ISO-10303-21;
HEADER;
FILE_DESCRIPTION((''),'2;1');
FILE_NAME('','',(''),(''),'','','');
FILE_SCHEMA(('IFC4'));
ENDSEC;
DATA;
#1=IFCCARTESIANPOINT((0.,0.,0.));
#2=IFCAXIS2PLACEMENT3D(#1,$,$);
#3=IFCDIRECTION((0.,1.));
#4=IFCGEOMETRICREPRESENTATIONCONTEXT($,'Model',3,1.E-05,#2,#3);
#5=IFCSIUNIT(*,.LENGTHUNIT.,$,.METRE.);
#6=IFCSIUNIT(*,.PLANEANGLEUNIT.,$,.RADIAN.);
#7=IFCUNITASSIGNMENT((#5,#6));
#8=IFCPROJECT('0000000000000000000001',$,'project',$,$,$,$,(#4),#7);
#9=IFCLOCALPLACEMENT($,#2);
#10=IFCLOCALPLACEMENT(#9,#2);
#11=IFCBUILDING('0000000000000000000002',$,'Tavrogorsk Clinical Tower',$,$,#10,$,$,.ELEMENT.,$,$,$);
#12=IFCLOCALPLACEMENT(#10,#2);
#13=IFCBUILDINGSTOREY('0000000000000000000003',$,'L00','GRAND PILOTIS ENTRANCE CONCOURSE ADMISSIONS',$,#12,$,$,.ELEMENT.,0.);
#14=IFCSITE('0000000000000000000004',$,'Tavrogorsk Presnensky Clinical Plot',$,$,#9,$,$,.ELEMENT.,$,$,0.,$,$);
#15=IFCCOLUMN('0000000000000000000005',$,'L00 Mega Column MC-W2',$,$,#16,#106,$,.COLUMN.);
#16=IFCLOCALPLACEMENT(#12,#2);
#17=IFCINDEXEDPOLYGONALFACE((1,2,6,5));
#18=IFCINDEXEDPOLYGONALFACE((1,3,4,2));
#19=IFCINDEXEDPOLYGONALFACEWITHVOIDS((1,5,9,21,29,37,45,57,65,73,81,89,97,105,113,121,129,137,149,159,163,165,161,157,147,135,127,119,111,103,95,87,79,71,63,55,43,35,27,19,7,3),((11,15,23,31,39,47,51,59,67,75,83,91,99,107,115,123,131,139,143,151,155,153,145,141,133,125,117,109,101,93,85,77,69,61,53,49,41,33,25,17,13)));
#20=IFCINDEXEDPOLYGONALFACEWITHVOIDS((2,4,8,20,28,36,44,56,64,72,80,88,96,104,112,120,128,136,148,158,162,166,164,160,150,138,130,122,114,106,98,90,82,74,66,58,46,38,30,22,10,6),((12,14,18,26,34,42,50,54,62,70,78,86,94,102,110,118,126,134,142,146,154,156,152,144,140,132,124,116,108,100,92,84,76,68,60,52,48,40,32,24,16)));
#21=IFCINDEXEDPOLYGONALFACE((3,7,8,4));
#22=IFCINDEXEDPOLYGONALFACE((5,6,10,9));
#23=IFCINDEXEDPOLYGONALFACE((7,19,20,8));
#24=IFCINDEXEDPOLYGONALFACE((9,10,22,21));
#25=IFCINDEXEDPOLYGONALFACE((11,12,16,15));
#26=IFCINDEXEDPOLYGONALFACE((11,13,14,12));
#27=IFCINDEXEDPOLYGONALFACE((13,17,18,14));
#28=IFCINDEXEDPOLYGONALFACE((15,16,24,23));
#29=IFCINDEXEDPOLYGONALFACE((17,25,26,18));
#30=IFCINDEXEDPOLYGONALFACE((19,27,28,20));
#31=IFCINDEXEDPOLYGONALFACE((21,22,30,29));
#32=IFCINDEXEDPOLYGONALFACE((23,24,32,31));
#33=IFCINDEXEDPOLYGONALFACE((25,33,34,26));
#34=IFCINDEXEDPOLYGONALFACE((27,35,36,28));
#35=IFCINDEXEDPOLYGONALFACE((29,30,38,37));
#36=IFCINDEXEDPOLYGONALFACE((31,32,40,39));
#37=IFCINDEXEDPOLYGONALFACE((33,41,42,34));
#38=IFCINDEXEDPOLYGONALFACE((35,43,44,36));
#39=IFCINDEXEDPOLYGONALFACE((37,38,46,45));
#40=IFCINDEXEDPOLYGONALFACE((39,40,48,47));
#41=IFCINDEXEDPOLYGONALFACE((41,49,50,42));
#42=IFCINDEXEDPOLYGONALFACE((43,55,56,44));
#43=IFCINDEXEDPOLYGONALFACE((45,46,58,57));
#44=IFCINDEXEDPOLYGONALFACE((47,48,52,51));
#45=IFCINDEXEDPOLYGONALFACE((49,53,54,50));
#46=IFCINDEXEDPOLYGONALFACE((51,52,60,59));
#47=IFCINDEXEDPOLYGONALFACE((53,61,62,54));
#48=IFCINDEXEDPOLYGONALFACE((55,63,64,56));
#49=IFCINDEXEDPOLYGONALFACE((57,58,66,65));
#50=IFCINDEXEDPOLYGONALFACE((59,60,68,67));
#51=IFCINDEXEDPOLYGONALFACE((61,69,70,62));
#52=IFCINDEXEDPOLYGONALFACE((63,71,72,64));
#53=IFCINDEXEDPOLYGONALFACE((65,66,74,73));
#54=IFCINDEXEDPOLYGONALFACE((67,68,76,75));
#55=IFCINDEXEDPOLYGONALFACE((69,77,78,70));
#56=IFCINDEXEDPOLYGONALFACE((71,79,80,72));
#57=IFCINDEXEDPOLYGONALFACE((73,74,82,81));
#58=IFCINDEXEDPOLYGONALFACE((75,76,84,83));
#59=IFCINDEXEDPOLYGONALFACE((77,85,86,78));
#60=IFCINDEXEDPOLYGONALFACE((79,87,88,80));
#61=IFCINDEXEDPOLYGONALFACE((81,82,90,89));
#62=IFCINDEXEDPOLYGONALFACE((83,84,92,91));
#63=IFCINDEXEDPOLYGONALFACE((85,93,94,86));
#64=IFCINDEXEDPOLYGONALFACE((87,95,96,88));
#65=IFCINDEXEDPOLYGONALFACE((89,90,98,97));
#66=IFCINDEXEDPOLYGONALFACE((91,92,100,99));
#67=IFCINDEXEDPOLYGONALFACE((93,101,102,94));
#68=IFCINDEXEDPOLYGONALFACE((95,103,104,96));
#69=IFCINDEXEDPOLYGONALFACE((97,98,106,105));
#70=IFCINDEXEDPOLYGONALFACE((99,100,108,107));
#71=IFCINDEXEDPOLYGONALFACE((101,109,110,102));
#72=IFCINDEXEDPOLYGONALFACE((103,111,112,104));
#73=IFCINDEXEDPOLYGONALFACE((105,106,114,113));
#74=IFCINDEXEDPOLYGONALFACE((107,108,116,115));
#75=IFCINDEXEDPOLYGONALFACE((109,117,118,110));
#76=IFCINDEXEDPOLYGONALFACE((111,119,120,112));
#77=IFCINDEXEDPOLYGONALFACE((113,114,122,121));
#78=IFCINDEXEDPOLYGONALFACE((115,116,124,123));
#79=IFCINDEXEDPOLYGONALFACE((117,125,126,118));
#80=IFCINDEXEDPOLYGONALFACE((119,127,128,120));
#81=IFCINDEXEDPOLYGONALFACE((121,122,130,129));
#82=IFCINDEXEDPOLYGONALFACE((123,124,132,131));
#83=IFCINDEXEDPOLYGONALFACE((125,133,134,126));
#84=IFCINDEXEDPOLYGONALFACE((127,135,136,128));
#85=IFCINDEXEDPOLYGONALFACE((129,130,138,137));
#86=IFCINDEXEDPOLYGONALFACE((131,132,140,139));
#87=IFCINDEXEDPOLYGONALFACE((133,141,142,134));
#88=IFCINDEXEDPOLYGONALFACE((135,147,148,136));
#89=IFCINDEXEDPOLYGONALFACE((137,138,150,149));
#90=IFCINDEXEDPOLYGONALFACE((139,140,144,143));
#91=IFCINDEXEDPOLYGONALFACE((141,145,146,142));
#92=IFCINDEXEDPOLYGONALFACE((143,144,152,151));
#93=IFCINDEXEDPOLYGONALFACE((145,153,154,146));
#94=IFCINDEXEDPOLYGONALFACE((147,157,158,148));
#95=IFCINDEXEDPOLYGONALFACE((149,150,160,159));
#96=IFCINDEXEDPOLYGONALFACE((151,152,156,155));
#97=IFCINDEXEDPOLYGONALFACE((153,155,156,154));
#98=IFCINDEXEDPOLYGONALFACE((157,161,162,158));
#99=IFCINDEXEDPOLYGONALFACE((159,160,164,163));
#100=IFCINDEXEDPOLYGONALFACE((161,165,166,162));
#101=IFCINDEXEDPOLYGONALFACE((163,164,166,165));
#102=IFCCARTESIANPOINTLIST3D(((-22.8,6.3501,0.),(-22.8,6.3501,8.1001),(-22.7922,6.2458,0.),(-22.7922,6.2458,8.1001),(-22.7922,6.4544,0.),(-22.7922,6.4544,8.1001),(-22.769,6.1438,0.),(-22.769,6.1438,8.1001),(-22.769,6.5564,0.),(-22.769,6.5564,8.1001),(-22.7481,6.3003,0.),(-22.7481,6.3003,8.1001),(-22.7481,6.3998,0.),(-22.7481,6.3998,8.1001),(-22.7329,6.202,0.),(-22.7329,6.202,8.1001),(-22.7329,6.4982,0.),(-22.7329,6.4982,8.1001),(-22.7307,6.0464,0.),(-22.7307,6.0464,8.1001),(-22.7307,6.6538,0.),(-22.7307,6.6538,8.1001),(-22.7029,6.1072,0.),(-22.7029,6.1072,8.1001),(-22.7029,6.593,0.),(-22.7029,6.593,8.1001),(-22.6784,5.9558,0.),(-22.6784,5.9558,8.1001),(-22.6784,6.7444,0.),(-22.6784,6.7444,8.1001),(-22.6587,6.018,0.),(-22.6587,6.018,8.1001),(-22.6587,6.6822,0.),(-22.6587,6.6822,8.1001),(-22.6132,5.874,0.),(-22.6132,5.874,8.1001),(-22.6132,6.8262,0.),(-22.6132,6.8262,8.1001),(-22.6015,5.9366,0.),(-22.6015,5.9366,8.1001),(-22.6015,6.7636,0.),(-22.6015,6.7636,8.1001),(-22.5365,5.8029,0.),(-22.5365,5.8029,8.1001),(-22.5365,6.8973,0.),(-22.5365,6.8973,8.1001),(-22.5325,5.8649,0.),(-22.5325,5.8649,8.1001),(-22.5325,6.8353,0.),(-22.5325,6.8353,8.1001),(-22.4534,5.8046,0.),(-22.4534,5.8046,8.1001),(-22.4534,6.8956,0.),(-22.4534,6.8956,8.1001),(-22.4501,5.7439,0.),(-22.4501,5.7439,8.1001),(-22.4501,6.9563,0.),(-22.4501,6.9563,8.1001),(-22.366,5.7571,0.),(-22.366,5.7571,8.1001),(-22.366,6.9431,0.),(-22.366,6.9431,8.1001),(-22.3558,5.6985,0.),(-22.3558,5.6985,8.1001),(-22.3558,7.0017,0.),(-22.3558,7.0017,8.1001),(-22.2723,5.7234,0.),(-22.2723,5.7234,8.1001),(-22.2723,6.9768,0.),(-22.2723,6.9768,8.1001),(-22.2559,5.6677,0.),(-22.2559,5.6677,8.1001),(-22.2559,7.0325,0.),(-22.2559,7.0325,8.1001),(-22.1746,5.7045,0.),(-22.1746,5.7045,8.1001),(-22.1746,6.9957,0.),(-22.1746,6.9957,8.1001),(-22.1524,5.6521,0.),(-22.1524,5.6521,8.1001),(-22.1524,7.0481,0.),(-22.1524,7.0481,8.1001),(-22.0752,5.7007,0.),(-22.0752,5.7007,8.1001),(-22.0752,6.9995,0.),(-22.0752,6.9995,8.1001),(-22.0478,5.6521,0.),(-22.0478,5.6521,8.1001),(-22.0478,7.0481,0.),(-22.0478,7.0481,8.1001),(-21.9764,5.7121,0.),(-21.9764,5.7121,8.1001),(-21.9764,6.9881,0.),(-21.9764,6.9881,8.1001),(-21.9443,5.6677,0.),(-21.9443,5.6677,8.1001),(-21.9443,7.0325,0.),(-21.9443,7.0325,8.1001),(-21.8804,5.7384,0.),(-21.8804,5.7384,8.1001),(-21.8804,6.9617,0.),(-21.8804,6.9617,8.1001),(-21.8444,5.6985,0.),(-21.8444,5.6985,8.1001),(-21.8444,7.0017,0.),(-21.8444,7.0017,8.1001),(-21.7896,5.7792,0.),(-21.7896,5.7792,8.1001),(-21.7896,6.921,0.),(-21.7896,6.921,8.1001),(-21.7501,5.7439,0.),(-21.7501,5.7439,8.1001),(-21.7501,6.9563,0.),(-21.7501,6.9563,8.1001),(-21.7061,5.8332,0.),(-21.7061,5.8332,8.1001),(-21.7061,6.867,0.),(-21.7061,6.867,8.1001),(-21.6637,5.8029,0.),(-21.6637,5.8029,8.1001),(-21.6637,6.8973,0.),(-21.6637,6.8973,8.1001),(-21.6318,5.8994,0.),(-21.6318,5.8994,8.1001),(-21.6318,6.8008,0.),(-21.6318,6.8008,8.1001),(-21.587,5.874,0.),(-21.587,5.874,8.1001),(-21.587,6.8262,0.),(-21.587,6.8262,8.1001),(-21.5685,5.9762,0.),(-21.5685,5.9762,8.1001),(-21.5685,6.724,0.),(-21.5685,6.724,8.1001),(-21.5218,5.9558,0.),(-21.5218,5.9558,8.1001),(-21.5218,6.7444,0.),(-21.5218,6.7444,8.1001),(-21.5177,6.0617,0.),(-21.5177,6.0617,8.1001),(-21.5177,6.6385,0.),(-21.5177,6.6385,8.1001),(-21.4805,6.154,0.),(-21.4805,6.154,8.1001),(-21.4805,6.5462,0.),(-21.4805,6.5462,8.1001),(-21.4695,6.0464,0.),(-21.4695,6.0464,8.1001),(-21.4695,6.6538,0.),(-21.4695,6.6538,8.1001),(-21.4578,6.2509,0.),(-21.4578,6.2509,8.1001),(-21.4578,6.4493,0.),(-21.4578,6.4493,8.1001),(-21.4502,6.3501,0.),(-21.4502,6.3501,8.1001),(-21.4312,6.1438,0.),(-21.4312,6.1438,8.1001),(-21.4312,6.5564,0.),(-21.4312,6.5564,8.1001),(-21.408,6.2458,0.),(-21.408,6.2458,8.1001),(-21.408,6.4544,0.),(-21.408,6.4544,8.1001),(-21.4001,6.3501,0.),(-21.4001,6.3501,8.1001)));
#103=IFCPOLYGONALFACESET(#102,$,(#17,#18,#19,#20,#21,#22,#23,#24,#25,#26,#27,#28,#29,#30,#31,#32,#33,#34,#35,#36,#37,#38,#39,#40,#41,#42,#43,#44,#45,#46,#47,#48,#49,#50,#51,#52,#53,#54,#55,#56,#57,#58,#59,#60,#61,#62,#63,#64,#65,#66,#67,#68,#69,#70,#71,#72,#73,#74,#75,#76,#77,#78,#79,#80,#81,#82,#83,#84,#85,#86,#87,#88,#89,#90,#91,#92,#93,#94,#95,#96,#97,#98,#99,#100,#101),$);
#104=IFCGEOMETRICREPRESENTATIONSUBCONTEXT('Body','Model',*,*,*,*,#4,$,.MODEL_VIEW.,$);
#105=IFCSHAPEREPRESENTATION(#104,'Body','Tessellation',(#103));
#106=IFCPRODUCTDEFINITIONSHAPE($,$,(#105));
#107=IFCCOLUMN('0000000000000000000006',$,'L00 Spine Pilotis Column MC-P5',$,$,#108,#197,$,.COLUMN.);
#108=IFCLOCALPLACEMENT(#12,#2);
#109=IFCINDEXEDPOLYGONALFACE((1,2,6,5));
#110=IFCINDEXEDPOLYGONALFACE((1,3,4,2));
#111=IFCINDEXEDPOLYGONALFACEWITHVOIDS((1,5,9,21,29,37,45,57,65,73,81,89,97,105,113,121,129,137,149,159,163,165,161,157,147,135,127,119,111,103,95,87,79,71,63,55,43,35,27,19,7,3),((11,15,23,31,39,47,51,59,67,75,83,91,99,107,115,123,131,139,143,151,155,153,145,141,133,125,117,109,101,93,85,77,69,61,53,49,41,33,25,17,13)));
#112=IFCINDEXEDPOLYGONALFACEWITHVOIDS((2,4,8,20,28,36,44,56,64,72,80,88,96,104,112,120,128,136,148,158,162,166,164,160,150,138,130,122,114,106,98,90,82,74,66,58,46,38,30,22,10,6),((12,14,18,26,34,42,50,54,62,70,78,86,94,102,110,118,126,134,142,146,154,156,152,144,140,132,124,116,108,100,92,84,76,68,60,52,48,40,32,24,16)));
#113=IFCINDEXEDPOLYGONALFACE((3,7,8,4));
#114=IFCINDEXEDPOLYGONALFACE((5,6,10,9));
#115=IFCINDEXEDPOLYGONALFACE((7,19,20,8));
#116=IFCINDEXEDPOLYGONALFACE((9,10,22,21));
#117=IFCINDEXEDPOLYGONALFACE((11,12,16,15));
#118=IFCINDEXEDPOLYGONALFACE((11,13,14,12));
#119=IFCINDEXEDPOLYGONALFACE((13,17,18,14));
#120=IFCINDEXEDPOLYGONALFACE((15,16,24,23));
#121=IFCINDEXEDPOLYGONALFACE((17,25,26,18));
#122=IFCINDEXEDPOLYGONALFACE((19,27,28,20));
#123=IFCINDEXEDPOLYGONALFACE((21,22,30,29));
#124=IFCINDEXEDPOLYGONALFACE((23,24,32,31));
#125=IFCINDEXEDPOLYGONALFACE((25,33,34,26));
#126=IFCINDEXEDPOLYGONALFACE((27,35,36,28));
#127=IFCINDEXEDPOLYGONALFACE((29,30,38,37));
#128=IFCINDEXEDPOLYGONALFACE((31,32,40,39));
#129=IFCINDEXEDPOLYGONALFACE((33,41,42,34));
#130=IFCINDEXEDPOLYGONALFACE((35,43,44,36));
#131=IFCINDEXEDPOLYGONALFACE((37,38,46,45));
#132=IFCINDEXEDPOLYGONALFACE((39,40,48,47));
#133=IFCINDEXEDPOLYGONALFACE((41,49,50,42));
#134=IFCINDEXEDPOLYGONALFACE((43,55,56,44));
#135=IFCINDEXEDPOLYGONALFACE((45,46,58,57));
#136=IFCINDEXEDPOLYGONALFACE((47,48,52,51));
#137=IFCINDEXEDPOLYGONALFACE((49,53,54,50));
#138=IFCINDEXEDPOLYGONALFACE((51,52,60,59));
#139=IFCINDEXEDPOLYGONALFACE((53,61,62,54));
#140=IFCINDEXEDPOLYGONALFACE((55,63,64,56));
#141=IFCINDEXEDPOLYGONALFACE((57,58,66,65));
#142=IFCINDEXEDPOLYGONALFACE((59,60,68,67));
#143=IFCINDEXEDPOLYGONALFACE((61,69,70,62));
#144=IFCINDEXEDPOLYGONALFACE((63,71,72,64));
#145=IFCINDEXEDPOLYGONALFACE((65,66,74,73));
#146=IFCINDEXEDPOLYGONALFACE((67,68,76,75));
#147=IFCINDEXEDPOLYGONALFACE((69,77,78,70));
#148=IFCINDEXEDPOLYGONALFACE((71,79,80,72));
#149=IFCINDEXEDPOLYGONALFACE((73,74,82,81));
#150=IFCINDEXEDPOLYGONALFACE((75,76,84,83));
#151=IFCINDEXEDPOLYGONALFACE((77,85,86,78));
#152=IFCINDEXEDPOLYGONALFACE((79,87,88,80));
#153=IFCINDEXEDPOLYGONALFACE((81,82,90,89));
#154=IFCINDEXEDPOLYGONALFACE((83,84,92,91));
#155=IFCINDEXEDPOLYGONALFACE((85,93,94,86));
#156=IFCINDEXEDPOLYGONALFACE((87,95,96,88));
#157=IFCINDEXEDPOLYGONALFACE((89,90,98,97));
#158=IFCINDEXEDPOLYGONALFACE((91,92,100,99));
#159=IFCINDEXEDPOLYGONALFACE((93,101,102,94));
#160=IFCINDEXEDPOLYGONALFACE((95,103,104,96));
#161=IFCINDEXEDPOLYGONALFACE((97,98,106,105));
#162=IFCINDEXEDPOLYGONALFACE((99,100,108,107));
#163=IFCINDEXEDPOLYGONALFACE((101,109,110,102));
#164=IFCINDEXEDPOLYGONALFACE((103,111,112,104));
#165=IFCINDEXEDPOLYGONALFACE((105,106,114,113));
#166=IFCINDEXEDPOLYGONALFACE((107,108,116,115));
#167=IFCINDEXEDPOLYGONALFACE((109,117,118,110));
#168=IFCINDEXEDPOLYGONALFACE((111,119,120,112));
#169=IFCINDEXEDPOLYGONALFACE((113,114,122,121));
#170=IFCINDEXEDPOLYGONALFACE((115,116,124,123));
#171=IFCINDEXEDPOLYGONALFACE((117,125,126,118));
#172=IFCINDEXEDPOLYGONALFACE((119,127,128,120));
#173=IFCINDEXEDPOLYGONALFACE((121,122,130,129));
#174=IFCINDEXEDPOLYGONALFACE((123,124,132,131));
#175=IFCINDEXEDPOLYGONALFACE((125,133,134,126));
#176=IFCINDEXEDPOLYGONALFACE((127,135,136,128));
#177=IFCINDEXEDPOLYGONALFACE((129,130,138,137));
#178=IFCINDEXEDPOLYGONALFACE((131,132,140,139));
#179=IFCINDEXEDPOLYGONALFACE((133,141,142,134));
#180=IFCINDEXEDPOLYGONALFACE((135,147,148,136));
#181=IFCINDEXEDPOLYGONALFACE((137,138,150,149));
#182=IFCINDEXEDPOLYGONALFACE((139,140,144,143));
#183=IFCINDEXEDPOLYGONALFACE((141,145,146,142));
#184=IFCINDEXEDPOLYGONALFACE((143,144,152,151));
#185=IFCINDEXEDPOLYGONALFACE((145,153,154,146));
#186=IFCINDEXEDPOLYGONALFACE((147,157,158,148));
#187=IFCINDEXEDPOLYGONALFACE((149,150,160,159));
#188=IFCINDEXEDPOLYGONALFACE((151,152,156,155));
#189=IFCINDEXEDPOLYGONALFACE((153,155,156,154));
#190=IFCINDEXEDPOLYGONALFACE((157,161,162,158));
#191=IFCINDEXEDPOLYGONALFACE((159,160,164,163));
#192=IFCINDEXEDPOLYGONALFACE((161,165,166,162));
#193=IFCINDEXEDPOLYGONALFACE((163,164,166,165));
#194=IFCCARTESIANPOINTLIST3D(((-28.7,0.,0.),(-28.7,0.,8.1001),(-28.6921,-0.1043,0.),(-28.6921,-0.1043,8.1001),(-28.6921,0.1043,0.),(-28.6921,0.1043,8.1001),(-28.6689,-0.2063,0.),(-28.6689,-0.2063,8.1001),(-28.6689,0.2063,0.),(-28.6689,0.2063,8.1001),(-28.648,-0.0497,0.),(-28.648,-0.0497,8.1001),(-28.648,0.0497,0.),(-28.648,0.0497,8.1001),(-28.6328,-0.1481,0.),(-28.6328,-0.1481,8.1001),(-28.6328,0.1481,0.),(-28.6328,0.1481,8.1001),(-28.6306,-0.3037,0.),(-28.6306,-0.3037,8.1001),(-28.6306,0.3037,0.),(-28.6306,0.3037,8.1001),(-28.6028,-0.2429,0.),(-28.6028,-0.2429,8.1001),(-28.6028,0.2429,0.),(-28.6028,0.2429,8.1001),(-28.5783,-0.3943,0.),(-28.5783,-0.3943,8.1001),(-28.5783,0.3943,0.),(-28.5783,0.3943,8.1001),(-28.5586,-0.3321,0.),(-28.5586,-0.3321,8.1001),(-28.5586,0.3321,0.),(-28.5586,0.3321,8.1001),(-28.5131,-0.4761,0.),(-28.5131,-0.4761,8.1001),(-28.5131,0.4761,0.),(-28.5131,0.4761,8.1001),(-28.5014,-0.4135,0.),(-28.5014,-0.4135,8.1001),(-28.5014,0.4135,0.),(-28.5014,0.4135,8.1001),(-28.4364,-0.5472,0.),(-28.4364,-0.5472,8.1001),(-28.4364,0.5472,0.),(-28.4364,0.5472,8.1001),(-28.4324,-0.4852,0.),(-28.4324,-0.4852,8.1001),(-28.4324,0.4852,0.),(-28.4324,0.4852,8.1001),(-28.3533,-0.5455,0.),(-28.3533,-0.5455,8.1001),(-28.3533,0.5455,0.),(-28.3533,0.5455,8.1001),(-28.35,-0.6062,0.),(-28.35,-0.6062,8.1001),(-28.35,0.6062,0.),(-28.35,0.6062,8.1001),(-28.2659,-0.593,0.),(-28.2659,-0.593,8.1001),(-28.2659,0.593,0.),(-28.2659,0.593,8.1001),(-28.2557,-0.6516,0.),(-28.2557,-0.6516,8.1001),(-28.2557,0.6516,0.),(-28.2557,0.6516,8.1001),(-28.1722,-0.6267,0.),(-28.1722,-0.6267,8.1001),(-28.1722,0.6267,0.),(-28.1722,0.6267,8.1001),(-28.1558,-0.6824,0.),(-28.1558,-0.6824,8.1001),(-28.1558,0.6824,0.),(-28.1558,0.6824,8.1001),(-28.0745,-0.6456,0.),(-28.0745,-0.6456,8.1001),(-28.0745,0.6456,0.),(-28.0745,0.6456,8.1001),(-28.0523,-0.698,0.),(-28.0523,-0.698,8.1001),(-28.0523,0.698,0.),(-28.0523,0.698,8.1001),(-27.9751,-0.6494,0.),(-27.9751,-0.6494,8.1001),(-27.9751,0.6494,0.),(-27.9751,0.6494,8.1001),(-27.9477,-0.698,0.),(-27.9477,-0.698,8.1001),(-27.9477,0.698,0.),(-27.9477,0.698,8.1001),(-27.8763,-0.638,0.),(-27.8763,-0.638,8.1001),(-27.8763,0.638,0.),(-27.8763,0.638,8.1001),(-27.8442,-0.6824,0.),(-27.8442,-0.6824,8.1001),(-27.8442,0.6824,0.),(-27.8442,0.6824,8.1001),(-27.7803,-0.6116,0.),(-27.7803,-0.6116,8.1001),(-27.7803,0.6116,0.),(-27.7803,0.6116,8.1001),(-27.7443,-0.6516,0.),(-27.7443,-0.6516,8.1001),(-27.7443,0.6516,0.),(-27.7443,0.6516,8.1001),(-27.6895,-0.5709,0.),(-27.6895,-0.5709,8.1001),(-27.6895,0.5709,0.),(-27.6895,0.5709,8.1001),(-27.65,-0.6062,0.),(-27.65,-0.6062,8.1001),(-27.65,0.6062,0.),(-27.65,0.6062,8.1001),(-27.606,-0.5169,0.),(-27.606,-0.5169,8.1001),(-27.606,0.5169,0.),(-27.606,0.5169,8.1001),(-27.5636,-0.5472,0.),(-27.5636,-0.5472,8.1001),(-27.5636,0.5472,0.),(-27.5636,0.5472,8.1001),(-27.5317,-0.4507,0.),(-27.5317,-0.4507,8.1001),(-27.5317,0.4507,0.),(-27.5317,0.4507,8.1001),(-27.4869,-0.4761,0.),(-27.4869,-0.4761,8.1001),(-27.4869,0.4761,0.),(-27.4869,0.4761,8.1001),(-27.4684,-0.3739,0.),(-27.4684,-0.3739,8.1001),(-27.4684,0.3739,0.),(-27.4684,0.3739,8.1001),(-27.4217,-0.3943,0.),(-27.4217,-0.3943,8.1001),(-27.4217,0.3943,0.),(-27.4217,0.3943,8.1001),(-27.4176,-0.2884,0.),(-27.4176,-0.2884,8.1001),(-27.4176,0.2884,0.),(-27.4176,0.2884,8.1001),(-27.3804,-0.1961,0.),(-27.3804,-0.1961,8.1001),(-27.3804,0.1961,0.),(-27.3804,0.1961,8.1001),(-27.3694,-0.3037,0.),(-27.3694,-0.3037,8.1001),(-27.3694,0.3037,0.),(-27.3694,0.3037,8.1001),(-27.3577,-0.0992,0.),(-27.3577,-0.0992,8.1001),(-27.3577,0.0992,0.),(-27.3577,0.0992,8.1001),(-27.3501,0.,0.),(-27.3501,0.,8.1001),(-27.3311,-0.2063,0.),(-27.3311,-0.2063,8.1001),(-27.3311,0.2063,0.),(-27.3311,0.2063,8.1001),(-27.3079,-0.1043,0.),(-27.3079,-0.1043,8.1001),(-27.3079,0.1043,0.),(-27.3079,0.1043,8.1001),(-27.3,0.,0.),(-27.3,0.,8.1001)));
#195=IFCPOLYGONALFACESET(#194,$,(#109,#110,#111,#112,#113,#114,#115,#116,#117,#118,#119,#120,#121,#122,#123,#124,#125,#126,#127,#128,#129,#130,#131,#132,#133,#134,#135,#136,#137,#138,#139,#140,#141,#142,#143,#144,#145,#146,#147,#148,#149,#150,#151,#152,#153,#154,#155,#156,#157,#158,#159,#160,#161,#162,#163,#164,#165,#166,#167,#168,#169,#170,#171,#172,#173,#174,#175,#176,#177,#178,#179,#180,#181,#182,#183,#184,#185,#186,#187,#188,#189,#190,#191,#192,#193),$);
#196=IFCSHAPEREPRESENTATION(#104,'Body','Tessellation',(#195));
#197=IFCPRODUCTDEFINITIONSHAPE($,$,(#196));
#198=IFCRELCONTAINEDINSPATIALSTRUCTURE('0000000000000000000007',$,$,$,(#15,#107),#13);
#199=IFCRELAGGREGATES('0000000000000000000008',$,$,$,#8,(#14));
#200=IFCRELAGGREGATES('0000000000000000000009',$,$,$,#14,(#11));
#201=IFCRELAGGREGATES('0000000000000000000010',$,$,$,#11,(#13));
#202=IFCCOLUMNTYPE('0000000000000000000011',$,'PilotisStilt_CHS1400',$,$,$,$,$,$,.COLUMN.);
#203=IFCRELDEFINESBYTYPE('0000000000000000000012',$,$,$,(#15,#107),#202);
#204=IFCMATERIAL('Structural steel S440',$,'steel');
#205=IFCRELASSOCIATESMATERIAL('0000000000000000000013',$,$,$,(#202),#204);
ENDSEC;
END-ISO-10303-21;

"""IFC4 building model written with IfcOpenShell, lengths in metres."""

from ifc_helpers import new_model, si_unit, direction, frame, origin, origin_2d, place, context, subcontext, project, spatial, hollow_circle, extrude, material, material_profile, profile_set, type_object, element, save


model = new_model("IFC4")

# Units and contexts
model_context = context("Model", 3, precision=1e-05, world=origin(), true_north=direction((0.0, 1.0)))
body_context = subcontext(model_context, "Body", "Model", "MODEL_VIEW")
ifc_project = project(units=[si_unit("LENGTHUNIT", "METRE"), si_unit("PLANEANGLEUNIT", "RADIAN")], contexts=[model_context])

# Site, building, storey
site_placement = place(None, origin())
site = spatial("IfcSite", under=ifc_project, at=site_placement, Name="Tavrogorsk Presnensky Clinical Plot", CompositionType="ELEMENT", RefElevation=0.0)
building_placement = place(site_placement, origin())
building = spatial("IfcBuilding", under=site, at=building_placement, Name="Tavrogorsk Clinical Tower", CompositionType="ELEMENT")
storey_placement = place(building_placement, origin())
storey = spatial("IfcBuildingStorey", under=building, at=storey_placement, Name="L00", Description="GRAND PILOTIS ENTRANCE CONCOURSE ADMISSIONS", CompositionType="ELEMENT", Elevation=0.0)

# Columns
ifc_material_1 = material(Name="Structural steel S440", Category="steel")
ifc_material_profile_1 = material_profile(ifc_material_1, hollow_circle(Radius=0.7, WallThickness=0.05, at=origin_2d()), Name="CHS-1400x50")
ifc_profile_set_1 = profile_set([ifc_material_profile_1], Name="Structural steel S440")
column_type = type_object("IfcColumnType", Name="PilotisStilt_CHS1400", PredefinedType="COLUMN", material=ifc_profile_set_1)
for number, where, z_axis, x_axis, name in (
    (1, (-22.1001, 6.3501, 0.0), (0.0, 0.0, 1.0), (1.0, 0.0, 0.0), "L00 Mega Column MC-W2"),
    (2, (-28.0, 0.0, 0.0), (0.0, 0.0, 1.0), (1.0, 0.0, 0.0), "L00 Spine Pilotis Column MC-P5"),
):
    element("IfcColumn", number, at=place(storey_placement, frame(where, z_axis=z_axis, x_axis=x_axis)), inside=storey, type_object=column_type, Name=name, PredefinedType="COLUMN", context=body_context, shape_type="SweptSolid", body=[
        extrude(hollow_circle(Radius=0.7, WallThickness=0.05, at=origin_2d()), origin(), (0.0, 0.0, 1.0), 8.1001),
    ])

save(model, "model.ifc")
